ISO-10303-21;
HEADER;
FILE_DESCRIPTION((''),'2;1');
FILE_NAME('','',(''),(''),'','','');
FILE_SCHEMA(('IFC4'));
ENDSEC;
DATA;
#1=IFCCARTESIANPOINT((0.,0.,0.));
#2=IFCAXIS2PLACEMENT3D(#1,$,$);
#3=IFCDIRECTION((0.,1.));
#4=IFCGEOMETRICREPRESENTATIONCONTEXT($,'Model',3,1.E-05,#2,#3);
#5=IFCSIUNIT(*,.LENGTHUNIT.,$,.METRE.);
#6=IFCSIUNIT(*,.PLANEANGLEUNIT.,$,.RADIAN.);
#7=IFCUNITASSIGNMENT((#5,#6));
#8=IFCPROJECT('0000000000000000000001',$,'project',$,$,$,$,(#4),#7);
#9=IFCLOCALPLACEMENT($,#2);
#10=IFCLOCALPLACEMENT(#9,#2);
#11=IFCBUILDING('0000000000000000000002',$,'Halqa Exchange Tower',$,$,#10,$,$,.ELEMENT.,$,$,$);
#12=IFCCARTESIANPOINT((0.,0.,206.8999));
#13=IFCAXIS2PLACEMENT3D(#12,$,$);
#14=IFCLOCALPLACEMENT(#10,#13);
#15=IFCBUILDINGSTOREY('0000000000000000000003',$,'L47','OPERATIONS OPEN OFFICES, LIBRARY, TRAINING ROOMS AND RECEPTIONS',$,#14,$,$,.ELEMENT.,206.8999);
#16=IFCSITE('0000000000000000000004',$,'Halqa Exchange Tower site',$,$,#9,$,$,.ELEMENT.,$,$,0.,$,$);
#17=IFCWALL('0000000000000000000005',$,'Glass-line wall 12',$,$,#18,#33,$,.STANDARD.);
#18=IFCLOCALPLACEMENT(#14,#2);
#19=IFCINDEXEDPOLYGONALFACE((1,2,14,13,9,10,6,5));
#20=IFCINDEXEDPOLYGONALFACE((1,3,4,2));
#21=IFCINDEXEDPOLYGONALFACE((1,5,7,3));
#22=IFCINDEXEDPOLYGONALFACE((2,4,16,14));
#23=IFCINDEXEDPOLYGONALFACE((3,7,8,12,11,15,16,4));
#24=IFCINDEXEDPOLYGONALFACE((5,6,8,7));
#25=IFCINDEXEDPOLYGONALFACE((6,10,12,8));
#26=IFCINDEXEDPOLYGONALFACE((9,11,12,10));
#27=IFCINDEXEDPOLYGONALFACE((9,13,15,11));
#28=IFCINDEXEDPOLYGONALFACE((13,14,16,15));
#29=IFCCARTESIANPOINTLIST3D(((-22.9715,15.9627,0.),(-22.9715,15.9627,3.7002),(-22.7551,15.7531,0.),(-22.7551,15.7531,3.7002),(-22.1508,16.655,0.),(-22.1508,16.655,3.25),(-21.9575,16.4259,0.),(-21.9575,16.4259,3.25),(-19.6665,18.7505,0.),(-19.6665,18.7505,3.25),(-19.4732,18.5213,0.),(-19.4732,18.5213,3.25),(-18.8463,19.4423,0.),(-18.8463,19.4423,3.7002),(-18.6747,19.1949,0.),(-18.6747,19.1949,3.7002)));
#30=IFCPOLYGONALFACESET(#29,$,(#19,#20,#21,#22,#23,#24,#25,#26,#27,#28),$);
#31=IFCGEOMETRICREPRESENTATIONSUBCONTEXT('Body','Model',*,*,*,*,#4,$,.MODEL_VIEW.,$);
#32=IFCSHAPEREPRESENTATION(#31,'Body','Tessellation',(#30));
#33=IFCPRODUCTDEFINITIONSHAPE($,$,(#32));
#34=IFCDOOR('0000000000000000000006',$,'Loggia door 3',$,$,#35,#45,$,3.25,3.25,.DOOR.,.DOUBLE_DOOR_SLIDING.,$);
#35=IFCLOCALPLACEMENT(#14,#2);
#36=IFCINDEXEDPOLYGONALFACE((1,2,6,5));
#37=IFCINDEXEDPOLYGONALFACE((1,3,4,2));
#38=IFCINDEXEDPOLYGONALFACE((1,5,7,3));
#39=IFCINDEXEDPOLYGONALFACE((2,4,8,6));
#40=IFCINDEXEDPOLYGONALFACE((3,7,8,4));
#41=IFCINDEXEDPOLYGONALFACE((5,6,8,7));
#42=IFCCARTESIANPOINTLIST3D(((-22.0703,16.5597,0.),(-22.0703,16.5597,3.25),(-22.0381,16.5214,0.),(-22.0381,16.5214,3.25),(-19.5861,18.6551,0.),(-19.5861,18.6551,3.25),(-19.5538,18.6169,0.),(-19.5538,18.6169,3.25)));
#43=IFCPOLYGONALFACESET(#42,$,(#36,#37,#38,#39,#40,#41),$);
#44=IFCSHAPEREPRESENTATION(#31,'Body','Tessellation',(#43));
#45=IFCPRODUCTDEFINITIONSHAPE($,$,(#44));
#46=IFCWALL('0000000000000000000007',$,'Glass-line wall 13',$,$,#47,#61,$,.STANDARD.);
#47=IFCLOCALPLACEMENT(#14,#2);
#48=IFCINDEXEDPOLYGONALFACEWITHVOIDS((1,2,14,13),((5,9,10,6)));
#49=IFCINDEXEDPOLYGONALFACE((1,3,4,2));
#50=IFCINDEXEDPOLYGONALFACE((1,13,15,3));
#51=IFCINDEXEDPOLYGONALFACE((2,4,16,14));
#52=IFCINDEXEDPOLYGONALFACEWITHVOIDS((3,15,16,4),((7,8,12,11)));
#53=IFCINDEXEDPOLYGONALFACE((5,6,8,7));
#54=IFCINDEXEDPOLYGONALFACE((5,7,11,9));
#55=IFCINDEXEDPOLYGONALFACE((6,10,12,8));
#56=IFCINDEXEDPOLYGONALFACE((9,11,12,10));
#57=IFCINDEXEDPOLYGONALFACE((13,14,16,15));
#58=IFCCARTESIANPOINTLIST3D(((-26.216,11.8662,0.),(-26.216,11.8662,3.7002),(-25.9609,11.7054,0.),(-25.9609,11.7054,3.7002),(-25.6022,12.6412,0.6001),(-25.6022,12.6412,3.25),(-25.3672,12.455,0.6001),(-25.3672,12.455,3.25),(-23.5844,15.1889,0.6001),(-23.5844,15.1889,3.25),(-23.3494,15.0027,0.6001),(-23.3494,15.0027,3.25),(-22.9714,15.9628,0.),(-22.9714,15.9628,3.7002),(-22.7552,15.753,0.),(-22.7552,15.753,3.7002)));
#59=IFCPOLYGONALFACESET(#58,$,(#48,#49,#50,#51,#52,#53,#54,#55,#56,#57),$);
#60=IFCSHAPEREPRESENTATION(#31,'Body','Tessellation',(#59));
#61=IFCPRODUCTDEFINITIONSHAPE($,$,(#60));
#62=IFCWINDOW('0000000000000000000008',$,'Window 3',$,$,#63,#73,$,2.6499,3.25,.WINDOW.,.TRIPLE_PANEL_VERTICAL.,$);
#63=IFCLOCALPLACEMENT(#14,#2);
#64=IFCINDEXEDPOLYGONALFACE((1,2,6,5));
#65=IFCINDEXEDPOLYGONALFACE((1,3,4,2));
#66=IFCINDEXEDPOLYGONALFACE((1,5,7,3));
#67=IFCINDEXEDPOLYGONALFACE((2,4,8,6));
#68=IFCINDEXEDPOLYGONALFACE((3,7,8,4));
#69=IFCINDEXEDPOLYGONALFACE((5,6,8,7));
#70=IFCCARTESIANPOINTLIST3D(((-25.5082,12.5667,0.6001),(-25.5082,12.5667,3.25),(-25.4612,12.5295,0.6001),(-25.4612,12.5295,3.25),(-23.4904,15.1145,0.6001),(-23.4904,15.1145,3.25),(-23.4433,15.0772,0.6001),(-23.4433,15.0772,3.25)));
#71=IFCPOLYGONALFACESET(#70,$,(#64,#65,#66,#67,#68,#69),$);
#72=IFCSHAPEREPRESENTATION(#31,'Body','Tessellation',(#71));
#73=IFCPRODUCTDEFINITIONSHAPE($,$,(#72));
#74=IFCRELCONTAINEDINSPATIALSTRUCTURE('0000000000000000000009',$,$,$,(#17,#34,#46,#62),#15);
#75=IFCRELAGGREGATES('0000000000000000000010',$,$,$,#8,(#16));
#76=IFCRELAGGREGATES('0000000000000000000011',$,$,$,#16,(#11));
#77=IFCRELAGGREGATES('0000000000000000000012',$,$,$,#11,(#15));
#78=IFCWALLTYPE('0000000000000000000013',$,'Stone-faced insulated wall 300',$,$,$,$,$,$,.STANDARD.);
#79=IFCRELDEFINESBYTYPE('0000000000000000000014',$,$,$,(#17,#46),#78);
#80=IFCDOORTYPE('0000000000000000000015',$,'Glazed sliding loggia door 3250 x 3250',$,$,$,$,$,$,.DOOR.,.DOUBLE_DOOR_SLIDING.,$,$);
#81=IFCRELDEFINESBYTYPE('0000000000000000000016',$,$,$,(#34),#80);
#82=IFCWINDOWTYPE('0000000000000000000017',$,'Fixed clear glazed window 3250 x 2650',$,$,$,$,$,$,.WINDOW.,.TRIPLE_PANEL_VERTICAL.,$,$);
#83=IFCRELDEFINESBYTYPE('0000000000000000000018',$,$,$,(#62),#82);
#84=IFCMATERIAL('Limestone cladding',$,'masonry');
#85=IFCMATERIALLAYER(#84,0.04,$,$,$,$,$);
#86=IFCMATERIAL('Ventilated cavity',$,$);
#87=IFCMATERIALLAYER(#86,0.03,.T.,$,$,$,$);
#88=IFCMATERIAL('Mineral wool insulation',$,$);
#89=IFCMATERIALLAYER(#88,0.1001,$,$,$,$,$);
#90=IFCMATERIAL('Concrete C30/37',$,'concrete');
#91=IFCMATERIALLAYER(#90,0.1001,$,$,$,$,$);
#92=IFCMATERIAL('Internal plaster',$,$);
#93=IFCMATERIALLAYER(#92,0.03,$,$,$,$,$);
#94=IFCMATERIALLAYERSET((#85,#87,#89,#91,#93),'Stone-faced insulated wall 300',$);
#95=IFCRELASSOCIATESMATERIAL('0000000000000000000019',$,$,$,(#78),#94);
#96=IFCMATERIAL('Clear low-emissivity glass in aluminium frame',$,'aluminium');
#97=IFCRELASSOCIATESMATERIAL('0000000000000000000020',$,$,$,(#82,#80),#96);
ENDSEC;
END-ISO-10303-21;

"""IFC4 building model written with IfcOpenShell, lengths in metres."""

from ifc_helpers import new_model, si_unit, direction, frame, frame_2d, origin, place, context, subcontext, project, spatial, polyline, rectangle, outline, extrude, material, layer, layer_set, type_object, element, fill, save


model = new_model("IFC4")

# Units and contexts
model_context = context("Model", 3, precision=1e-05, world=origin(), true_north=direction((0.0, 1.0)))
body_context = subcontext(model_context, "Body", "Model", "MODEL_VIEW")
ifc_project = project(units=[si_unit("LENGTHUNIT", "METRE"), si_unit("PLANEANGLEUNIT", "RADIAN")], contexts=[model_context])

# Site, building, storey
site_placement = place(None, origin())
site = spatial("IfcSite", under=ifc_project, at=site_placement, Name="Halqa Exchange Tower site", CompositionType="ELEMENT", RefElevation=0.0)
building_placement = place(site_placement, origin())
building = spatial("IfcBuilding", under=site, at=building_placement, Name="Halqa Exchange Tower", CompositionType="ELEMENT")
storey_placement = place(building_placement, frame((0.0, 0.0, 206.8999)))
storey = spatial("IfcBuildingStorey", under=building, at=storey_placement, Name="L47", Description="OPERATIONS OPEN OFFICES, LIBRARY, TRAINING ROOMS AND RECEPTIONS", CompositionType="ELEMENT", Elevation=206.8999)

# Shared definitions
ifc_material_1 = material(Name="Limestone cladding", Category="masonry")
ifc_layer_1 = layer(ifc_material_1, 0.04)
ifc_material_2 = material(Name="Ventilated cavity")
ifc_layer_2 = layer(ifc_material_2, 0.03, ventilated=True)
ifc_material_3 = material(Name="Mineral wool insulation")
ifc_layer_3 = layer(ifc_material_3, 0.1001)
ifc_material_4 = material(Name="Concrete C30/37", Category="concrete")
ifc_layer_4 = layer(ifc_material_4, 0.1001)
ifc_material_5 = material(Name="Internal plaster")
ifc_layer_5 = layer(ifc_material_5, 0.03)
ifc_layer_set_1 = layer_set([ifc_layer_1, ifc_layer_2, ifc_layer_3, ifc_layer_4, ifc_layer_5], Name="Stone-faced insulated wall 300")
wall_type_1 = type_object("IfcWallType", Name="Stone-faced insulated wall 300", PredefinedType="STANDARD", material=ifc_layer_set_1)
ifc_material_6 = material(Name="Clear low-emissivity glass in aluminium frame", Category="aluminium")
window_type = type_object("IfcWindowType", Name="Fixed clear glazed window 3250 x 2650", PartitioningType="TRIPLE_PANEL_VERTICAL", PredefinedType="WINDOW", material=ifc_material_6)

# Wall, opening, door
wall_1_placement = place(storey_placement, frame((-18.7605, 19.3186, 0.0), z_axis=(0.0, 0.0, 1.0), x_axis=(-0.764386, -0.644759, 0.0)))
wall_1 = element("IfcWall", 1, at=wall_1_placement, inside=storey, type_object=wall_type_1, Name="Glass-line wall 12", PredefinedType="STANDARD", context=body_context, shape_type="SweptSolid", body=[
    extrude(outline(polyline([(-0.0142, -0.1499), (5.3826, -0.1499), (5.3523, 0.1499), (0.0142, 0.1499), (-0.0142, -0.1499)])), origin(), (0.0, 0.0, 1.0), 3.7002),
])
opening_1_placement = place(wall_1_placement, frame((1.0588, 0.0, 0.0)))
opening_1 = element("IfcOpeningElement", 2, at=opening_1_placement, cuts=wall_1, PredefinedType="OPENING", context=body_context, shape_type="SweptSolid", body=[
    extrude(rectangle(XDim=3.25, YDim=3.25, at=frame_2d((1.625, 1.625))), frame((0.0, 0.1621, 0.0), z_axis=(0.0, -1.0, 0.0), x_axis=(1.0, 0.0, 0.0)), (0.0, 0.0, 1.0), 0.324),
])
door_type = type_object("IfcDoorType", Name="Glazed sliding loggia door 3250 x 3250", OperationType="DOUBLE_DOOR_SLIDING", PredefinedType="DOOR", material=ifc_material_6)
door_placement = place(opening_1_placement, origin())
door = element("IfcDoor", 3, at=door_placement, inside=storey, type_object=door_type, Name="Loggia door 3", OperationType="DOUBLE_DOOR_SLIDING", OverallHeight=3.25, OverallWidth=3.25, PredefinedType="DOOR", context=body_context, shape_type="SweptSolid", body=[
    extrude(rectangle(XDim=3.25, YDim=3.25, at=frame_2d((1.625, 1.625))), frame((0.0, 0.0249, 0.0), z_axis=(0.0, -1.0, 0.0), x_axis=(1.0, 0.0, 0.0)), (0.0, 0.0, 1.0), 0.05),
])
fill(opening_1, door)

# Wall, opening, window
wall_2_placement = place(storey_placement, frame((-22.8633, 15.8579, 0.0), z_axis=(0.0, 0.0, 1.0), x_axis=(-0.62087, -0.783913, 0.0)))
wall_2 = element("IfcWall", 4, at=wall_2_placement, inside=storey, type_object=wall_type_1, Name="Glass-line wall 13", PredefinedType="STANDARD", context=body_context, shape_type="SweptSolid", body=[
    extrude(outline(polyline([(-0.0151, -0.1499), (5.2107, -0.1499), (5.1785, 0.1499), (0.0151, 0.1499), (-0.0151, -0.1499)])), origin(), (0.0, 0.0, 1.0), 3.7002),
])
opening_2_placement = place(wall_2_placement, frame((0.9722, 0.0, 0.6001)))
opening_2 = element("IfcOpeningElement", 5, at=opening_2_placement, cuts=wall_2, PredefinedType="OPENING", context=body_context, shape_type="SweptSolid", body=[
    extrude(rectangle(XDim=3.25, YDim=2.6499, at=frame_2d((1.625, 1.325))), frame((0.0, 0.1621, 0.0), z_axis=(0.0, -1.0, 0.0), x_axis=(1.0, 0.0, 0.0)), (0.0, 0.0, 1.0), 0.324),
])
window_1_placement = place(opening_2_placement, origin())
window_1 = element("IfcWindow", 6, at=window_1_placement, inside=storey, type_object=window_type, Name="Window 3", OverallHeight=2.6499, OverallWidth=3.25, PartitioningType="TRIPLE_PANEL_VERTICAL", PredefinedType="WINDOW", context=body_context, shape_type="SweptSolid", body=[
    extrude(rectangle(XDim=3.25, YDim=2.6499, at=frame_2d((1.625, 1.325))), frame((0.0, 0.03, 0.0), z_axis=(0.0, -1.0, 0.0), x_axis=(1.0, 0.0, 0.0)), (0.0, 0.0, 1.0), 0.0601),
])
fill(opening_2, window_1)

save(model, "model.ifc")
